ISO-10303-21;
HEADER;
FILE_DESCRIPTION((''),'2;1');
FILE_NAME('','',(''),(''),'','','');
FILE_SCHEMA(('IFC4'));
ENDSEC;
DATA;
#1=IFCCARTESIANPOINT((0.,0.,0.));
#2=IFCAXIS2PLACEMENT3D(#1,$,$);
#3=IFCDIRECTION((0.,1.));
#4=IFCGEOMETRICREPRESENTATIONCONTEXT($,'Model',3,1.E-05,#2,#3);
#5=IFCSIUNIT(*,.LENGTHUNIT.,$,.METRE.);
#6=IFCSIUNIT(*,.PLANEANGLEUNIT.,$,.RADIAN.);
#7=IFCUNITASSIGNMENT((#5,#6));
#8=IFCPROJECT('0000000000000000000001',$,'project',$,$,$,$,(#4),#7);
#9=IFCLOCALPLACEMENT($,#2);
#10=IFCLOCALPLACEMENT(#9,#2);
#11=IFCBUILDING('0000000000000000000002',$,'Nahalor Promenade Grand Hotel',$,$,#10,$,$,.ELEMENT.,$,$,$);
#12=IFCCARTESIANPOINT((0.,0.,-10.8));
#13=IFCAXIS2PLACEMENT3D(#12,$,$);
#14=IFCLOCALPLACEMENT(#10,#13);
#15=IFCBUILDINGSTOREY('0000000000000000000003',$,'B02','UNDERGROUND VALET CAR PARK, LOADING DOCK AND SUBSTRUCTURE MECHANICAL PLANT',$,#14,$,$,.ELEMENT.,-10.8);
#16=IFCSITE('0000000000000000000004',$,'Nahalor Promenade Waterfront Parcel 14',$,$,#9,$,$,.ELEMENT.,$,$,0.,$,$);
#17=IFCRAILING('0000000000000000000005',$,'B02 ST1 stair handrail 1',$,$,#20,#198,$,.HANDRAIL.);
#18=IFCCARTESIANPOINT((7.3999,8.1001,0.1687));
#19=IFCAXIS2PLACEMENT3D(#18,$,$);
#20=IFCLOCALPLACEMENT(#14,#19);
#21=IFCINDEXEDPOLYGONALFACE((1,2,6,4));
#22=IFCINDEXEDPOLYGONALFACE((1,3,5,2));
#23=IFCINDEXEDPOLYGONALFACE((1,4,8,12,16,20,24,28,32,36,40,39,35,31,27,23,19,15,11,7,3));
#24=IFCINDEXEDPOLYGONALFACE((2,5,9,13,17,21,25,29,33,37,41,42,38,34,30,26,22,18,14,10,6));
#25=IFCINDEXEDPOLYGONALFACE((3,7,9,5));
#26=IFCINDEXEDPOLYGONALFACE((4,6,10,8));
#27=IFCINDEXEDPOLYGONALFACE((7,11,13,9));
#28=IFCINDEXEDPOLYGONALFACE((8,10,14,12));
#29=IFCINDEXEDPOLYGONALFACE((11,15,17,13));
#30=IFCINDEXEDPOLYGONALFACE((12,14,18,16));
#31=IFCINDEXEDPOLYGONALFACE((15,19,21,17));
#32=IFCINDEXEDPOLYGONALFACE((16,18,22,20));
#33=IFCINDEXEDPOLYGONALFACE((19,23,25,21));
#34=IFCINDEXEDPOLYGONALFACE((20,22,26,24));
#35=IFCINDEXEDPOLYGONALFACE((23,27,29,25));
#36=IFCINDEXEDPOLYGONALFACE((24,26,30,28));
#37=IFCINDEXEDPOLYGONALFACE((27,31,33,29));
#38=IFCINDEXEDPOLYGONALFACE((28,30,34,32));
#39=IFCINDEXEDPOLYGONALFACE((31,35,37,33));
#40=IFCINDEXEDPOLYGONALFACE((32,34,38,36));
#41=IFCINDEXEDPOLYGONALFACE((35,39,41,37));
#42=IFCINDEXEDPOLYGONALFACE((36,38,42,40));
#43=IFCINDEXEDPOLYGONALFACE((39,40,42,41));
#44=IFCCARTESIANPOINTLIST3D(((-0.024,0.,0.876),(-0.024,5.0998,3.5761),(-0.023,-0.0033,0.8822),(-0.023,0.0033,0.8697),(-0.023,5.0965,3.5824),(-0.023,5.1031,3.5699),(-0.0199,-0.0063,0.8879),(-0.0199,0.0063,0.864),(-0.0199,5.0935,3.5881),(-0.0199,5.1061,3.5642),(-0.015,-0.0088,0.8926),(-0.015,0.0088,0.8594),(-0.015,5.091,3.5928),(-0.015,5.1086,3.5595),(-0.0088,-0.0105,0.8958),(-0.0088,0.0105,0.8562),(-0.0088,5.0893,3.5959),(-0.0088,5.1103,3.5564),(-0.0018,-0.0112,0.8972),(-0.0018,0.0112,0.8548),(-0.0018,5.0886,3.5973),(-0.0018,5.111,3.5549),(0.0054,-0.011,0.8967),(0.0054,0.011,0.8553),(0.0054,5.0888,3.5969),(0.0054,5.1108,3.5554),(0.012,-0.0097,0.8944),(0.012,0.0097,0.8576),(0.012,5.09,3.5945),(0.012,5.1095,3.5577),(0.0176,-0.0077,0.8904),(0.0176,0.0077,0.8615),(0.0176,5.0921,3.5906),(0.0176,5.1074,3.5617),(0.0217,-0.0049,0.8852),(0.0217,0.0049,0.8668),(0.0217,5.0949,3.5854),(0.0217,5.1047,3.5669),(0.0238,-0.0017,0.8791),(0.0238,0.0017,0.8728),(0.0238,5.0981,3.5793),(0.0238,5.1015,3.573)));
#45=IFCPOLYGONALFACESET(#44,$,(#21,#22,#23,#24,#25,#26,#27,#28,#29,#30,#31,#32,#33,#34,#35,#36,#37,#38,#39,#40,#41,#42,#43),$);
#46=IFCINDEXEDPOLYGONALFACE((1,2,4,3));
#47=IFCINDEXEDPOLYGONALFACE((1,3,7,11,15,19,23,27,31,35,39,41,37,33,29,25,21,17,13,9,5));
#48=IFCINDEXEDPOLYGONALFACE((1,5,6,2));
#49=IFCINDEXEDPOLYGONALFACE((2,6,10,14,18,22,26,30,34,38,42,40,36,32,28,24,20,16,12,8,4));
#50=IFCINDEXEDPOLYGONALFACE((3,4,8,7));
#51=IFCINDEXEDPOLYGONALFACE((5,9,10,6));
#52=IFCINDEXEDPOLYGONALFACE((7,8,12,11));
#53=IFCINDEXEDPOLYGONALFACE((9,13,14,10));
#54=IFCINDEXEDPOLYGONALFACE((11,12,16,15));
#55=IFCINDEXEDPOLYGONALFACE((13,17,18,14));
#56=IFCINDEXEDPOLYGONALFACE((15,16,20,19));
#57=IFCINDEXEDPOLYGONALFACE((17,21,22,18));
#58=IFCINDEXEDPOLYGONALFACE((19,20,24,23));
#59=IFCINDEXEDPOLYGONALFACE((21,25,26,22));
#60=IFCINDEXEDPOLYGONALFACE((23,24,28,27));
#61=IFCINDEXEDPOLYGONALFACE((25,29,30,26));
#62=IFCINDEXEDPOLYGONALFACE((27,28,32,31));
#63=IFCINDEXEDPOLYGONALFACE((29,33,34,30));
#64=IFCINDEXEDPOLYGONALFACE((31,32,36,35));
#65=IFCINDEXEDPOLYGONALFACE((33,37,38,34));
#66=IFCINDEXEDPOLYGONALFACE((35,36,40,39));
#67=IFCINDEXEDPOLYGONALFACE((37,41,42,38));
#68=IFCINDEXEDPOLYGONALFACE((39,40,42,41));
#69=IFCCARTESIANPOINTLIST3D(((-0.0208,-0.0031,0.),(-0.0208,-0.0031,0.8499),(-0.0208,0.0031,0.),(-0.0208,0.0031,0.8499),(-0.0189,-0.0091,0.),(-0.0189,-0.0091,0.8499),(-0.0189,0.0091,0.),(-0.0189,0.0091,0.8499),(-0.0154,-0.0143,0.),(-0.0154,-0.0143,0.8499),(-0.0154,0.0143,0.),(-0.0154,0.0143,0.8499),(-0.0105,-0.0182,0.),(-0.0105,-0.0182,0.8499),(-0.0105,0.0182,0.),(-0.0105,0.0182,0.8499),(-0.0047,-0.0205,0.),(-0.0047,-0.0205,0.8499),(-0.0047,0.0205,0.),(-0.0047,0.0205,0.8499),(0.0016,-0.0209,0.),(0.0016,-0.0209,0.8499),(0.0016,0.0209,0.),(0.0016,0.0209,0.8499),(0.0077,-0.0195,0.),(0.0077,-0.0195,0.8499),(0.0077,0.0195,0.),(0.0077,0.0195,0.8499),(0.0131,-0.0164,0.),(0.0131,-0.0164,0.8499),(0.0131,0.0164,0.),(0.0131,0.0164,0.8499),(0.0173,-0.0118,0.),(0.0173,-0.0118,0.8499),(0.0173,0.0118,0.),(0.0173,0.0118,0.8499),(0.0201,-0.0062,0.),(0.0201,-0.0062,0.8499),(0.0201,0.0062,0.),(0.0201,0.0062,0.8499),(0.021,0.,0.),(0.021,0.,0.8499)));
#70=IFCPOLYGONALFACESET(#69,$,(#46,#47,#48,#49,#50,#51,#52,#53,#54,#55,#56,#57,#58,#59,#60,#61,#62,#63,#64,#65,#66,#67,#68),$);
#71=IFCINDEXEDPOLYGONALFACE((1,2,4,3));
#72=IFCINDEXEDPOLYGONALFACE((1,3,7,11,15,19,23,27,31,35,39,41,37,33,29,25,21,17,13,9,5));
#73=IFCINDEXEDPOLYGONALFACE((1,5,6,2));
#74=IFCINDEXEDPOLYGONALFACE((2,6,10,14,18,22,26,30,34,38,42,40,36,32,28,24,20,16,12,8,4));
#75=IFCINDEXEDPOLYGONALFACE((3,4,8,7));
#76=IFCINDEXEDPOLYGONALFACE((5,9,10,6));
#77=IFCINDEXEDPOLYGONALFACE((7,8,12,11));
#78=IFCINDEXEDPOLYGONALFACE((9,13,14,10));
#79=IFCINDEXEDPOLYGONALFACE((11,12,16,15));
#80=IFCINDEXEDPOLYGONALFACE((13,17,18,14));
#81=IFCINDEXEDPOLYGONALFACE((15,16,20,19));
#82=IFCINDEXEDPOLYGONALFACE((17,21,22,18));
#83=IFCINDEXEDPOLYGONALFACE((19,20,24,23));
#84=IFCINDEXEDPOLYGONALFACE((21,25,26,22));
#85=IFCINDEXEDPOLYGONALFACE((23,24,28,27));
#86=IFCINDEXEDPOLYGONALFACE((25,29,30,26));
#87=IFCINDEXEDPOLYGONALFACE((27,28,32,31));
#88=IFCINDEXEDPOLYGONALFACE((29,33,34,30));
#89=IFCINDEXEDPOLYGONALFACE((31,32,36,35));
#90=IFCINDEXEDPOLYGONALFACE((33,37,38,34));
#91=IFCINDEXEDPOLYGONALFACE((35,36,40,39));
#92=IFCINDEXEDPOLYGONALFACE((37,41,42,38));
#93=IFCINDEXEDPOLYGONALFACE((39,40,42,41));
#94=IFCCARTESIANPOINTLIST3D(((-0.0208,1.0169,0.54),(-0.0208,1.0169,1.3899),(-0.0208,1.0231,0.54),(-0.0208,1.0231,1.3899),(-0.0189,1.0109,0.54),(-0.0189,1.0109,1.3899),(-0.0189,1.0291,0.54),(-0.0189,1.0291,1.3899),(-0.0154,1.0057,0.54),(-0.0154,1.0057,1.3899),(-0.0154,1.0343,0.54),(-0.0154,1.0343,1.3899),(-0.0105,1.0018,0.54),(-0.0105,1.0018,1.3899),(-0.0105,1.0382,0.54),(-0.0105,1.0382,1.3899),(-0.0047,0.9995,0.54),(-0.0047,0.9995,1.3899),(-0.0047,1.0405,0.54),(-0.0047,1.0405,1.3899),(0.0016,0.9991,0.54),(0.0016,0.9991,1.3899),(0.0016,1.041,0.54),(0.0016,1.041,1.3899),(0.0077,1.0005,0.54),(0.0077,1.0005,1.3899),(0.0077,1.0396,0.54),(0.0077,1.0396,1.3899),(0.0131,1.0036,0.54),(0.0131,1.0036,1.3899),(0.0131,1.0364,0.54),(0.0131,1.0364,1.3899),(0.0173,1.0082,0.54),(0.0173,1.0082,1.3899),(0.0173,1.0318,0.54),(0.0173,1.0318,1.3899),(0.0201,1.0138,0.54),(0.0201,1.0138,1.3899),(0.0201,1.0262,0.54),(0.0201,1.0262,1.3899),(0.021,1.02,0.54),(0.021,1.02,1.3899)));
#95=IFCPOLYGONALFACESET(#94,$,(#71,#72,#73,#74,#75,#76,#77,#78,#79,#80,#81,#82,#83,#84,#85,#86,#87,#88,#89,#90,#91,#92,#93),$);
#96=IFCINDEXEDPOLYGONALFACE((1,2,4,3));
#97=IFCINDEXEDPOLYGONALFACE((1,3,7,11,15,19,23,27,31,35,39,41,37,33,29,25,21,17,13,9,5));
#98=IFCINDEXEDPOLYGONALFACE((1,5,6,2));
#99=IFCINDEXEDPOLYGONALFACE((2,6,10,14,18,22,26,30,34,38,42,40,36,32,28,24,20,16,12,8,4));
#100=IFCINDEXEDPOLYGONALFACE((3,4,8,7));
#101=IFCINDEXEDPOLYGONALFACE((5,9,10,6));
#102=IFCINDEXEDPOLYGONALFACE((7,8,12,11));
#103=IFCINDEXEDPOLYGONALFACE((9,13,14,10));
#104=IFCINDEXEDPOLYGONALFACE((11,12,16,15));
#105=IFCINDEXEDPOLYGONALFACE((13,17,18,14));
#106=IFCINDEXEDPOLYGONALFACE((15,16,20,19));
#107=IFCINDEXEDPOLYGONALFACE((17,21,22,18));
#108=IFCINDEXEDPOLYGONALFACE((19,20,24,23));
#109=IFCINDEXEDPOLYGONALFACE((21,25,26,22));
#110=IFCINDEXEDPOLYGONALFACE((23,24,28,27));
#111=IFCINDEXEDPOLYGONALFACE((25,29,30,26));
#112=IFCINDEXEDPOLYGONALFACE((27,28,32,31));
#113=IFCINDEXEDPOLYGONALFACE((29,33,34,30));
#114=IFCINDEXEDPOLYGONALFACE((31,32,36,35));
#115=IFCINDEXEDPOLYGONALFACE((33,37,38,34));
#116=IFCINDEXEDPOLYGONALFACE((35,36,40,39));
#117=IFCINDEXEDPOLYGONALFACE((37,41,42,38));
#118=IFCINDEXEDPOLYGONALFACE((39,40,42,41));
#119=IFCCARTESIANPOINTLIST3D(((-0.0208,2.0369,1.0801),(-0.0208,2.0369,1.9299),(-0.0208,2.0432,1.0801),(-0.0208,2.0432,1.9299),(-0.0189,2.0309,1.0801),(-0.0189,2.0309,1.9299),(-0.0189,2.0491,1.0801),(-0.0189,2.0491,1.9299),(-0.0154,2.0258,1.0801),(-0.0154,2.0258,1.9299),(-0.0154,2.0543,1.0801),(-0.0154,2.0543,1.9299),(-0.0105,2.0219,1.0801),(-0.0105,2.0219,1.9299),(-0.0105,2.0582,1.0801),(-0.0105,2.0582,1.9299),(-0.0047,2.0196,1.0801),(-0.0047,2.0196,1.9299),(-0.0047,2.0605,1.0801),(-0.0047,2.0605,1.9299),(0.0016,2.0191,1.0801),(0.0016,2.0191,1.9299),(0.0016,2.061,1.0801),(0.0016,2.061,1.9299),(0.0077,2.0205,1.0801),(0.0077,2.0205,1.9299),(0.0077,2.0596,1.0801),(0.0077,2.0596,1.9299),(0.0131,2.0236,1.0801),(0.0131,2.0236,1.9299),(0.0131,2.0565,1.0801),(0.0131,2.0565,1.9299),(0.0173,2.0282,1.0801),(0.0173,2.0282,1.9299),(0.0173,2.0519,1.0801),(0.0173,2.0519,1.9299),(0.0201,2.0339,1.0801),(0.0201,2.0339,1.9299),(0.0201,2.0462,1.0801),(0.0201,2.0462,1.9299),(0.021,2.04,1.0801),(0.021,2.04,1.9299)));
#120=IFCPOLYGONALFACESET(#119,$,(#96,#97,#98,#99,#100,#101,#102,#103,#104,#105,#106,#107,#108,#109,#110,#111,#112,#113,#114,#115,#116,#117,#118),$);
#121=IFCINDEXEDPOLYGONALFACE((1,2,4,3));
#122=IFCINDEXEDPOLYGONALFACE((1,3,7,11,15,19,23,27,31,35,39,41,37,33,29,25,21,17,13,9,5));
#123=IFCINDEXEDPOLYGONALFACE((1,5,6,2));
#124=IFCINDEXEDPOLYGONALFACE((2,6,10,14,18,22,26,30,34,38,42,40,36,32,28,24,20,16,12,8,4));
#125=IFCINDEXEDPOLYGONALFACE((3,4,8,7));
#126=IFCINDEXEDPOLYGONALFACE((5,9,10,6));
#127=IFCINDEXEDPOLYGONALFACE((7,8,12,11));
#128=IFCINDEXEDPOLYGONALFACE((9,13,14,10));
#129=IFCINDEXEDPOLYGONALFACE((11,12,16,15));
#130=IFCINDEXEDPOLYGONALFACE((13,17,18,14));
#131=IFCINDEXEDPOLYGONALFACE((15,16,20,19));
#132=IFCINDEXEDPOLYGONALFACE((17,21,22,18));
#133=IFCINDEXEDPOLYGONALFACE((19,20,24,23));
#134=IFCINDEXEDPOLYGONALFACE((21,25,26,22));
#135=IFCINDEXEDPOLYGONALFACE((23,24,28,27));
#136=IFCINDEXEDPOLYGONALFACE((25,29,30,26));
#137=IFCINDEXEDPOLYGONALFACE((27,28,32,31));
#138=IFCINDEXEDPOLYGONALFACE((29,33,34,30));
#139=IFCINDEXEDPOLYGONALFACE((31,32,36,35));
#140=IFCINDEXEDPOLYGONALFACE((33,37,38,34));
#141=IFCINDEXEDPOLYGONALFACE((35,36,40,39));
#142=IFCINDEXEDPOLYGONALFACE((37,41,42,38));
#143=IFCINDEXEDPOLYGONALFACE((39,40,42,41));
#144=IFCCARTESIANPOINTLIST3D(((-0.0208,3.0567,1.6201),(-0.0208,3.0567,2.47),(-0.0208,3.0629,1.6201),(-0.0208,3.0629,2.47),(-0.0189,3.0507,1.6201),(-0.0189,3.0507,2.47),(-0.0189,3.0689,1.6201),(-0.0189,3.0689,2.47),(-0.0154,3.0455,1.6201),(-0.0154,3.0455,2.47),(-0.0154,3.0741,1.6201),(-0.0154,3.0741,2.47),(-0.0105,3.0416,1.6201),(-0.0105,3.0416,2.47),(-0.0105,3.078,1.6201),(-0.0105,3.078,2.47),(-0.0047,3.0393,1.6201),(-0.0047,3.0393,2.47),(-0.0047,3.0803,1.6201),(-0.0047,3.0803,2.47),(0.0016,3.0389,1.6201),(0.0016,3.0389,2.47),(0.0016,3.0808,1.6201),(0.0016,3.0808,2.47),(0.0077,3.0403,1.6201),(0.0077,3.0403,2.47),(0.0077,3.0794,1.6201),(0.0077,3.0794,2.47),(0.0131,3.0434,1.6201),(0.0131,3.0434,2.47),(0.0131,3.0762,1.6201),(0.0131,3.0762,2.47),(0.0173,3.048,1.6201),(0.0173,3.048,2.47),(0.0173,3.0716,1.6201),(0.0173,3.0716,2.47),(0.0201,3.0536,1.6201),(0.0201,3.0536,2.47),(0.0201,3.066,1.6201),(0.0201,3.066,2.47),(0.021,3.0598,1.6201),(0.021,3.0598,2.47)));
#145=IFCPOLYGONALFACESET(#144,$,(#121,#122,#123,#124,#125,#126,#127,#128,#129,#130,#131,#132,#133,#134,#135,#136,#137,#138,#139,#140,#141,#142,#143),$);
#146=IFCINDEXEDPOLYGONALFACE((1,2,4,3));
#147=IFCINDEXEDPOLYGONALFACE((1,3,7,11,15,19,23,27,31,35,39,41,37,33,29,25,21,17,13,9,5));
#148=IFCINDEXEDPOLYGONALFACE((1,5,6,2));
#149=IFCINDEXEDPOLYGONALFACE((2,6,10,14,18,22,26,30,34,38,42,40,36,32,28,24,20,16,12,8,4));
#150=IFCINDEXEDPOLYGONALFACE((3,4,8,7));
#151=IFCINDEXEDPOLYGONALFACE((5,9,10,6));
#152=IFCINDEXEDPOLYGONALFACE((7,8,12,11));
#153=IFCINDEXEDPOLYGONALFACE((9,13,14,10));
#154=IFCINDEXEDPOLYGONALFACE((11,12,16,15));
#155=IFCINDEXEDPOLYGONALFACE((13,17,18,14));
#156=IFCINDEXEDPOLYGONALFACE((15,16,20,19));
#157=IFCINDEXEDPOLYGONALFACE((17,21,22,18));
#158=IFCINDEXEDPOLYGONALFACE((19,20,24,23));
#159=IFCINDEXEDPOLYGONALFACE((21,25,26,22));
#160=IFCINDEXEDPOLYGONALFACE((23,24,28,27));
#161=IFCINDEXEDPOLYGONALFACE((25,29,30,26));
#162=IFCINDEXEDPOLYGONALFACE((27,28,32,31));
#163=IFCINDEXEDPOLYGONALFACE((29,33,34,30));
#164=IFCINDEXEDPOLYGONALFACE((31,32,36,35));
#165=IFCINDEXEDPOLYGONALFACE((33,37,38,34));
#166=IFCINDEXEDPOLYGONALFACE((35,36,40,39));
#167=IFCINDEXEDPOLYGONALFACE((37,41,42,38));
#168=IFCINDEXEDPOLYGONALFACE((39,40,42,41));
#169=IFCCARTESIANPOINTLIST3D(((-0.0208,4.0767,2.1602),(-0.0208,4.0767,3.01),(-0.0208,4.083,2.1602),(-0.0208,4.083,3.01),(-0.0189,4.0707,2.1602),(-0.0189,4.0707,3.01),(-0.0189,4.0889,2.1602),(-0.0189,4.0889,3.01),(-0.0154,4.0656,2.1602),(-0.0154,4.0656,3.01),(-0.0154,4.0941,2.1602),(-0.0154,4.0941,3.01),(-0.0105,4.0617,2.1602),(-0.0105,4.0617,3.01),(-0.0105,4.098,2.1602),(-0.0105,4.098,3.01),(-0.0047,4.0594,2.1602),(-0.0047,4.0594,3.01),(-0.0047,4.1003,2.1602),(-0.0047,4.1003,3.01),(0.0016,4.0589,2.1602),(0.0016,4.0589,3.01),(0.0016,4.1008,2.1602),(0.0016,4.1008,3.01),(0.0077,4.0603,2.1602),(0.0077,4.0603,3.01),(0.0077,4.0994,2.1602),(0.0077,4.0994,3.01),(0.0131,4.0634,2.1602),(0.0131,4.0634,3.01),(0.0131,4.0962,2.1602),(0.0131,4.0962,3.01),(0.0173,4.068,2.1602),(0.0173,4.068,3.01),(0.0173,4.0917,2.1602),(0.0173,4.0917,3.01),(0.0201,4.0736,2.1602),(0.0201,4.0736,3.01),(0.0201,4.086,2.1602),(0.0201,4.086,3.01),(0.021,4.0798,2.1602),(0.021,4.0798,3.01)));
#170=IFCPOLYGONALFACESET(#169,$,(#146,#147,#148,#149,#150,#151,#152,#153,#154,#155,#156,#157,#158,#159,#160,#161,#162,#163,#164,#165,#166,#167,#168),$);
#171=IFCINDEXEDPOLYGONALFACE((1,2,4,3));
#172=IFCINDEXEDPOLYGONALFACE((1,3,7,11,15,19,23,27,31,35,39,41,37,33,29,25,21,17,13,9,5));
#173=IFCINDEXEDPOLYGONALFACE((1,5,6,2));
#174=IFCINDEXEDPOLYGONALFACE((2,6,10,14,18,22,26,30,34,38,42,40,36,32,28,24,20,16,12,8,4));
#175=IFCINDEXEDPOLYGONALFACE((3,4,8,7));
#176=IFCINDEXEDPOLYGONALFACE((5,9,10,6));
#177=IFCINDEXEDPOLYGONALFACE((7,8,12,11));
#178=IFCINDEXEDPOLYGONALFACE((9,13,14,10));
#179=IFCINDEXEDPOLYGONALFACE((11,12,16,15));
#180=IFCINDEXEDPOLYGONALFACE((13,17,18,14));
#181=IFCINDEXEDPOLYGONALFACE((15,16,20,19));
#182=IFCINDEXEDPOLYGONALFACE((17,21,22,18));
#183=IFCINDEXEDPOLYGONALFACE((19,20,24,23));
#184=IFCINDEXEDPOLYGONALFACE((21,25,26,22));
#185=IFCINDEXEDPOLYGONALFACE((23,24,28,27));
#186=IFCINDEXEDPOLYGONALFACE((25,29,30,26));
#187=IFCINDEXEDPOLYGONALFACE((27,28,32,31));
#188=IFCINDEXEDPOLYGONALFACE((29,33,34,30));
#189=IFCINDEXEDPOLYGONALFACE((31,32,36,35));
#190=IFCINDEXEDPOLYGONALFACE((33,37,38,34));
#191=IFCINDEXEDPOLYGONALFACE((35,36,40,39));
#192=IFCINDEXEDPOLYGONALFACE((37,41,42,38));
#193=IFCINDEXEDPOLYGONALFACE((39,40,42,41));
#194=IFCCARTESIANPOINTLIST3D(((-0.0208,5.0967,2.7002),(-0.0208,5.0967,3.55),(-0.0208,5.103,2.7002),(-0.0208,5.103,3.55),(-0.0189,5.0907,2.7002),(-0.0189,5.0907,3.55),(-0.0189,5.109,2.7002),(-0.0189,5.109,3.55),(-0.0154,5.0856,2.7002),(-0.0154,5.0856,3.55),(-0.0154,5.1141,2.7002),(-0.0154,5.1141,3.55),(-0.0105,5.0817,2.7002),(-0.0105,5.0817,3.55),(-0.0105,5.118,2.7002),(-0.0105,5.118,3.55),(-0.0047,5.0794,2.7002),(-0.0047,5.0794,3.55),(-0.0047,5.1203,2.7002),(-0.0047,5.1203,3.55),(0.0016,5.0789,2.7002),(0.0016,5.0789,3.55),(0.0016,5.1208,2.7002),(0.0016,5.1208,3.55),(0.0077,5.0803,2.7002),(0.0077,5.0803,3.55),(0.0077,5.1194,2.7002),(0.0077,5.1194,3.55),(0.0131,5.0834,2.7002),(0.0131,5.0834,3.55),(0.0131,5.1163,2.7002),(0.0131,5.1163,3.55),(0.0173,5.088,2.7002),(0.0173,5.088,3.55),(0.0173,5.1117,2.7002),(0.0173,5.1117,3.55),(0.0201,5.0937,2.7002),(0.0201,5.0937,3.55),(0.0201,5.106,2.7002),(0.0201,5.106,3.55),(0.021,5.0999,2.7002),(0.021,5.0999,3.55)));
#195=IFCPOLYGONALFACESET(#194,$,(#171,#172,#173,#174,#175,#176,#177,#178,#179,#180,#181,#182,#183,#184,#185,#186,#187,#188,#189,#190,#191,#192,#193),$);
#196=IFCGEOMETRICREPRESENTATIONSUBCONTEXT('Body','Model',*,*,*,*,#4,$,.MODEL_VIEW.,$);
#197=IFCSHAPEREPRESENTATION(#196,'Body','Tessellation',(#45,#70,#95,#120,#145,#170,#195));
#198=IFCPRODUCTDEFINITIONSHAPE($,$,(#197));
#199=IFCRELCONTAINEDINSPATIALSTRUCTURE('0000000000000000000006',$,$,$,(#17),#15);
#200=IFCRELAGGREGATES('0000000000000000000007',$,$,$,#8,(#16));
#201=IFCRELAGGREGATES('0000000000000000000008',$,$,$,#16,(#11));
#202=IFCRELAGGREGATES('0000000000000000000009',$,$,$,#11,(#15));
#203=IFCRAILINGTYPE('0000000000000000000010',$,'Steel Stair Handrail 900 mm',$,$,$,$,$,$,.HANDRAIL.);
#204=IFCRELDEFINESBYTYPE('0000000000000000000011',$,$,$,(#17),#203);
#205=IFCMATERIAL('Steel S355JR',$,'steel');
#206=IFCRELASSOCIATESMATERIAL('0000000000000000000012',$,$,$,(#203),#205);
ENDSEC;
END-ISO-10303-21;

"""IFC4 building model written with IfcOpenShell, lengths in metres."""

from ifc_helpers import new_model, si_unit, direction, frame, origin, origin_2d, place, context, subcontext, project, spatial, circle, extrude, material, type_object, element, save


model = new_model("IFC4")

# Units and contexts
model_context = context("Model", 3, precision=1e-05, world=origin(), true_north=direction((0.0, 1.0)))
body_context = subcontext(model_context, "Body", "Model", "MODEL_VIEW")
ifc_project = project(units=[si_unit("LENGTHUNIT", "METRE"), si_unit("PLANEANGLEUNIT", "RADIAN")], contexts=[model_context])

# Site, building, storey
site_placement = place(None, origin())
site = spatial("IfcSite", under=ifc_project, at=site_placement, Name="Nahalor Promenade Waterfront Parcel 14", CompositionType="ELEMENT", RefElevation=0.0)
building_placement = place(site_placement, origin())
building = spatial("IfcBuilding", under=site, at=building_placement, Name="Nahalor Promenade Grand Hotel", CompositionType="ELEMENT")
storey_placement = place(building_placement, frame((0.0, 0.0, -10.8)))
storey = spatial("IfcBuildingStorey", under=building, at=storey_placement, Name="B02", Description="UNDERGROUND VALET CAR PARK, LOADING DOCK AND SUBSTRUCTURE MECHANICAL PLANT", CompositionType="ELEMENT", Elevation=-10.8)

# Shared definitions
ifc_material_1 = material(Name="Steel S355JR", Category="steel")

# Railing
railing_type_1 = type_object("IfcRailingType", Name="Steel Stair Handrail 900 mm", PredefinedType="HANDRAIL", material=ifc_material_1)
railing_1_placement = place(storey_placement, frame((7.3999, 8.1001, 0.1687)))
element("IfcRailing", 1, at=railing_1_placement, inside=storey, type_object=railing_type_1, Name="B02 ST1 stair handrail 1", PredefinedType="HANDRAIL", context=body_context, shape_type="SweptSolid", body=[
    extrude(circle(Radius=0.024, at=origin_2d()), frame((0.0, 0.0, 0.876), z_axis=(0.0, 0.883768, 0.467925), x_axis=(-1.0, 0.0, 0.0)), (0.0, 0.0, 1.0), 5.7705),
    extrude(circle(Radius=0.021, at=origin_2d()), origin(), (0.0, 0.0, 1.0), 0.8499),
    extrude(circle(Radius=0.021, at=origin_2d()), frame((0.0, 1.02, 0.54)), (0.0, 0.0, 1.0), 0.8499),
    extrude(circle(Radius=0.021, at=origin_2d()), frame((0.0, 2.04, 1.0801)), (0.0, 0.0, 1.0), 0.8499),
    extrude(circle(Radius=0.021, at=origin_2d()), frame((0.0, 3.0598, 1.6201)), (0.0, 0.0, 1.0), 0.8499),
    extrude(circle(Radius=0.021, at=origin_2d()), frame((0.0, 4.0798, 2.1602)), (0.0, 0.0, 1.0), 0.8499),
    extrude(circle(Radius=0.021, at=origin_2d()), frame((0.0, 5.0999, 2.7002)), (0.0, 0.0, 1.0), 0.8499),
])

save(model, "model.ifc")
